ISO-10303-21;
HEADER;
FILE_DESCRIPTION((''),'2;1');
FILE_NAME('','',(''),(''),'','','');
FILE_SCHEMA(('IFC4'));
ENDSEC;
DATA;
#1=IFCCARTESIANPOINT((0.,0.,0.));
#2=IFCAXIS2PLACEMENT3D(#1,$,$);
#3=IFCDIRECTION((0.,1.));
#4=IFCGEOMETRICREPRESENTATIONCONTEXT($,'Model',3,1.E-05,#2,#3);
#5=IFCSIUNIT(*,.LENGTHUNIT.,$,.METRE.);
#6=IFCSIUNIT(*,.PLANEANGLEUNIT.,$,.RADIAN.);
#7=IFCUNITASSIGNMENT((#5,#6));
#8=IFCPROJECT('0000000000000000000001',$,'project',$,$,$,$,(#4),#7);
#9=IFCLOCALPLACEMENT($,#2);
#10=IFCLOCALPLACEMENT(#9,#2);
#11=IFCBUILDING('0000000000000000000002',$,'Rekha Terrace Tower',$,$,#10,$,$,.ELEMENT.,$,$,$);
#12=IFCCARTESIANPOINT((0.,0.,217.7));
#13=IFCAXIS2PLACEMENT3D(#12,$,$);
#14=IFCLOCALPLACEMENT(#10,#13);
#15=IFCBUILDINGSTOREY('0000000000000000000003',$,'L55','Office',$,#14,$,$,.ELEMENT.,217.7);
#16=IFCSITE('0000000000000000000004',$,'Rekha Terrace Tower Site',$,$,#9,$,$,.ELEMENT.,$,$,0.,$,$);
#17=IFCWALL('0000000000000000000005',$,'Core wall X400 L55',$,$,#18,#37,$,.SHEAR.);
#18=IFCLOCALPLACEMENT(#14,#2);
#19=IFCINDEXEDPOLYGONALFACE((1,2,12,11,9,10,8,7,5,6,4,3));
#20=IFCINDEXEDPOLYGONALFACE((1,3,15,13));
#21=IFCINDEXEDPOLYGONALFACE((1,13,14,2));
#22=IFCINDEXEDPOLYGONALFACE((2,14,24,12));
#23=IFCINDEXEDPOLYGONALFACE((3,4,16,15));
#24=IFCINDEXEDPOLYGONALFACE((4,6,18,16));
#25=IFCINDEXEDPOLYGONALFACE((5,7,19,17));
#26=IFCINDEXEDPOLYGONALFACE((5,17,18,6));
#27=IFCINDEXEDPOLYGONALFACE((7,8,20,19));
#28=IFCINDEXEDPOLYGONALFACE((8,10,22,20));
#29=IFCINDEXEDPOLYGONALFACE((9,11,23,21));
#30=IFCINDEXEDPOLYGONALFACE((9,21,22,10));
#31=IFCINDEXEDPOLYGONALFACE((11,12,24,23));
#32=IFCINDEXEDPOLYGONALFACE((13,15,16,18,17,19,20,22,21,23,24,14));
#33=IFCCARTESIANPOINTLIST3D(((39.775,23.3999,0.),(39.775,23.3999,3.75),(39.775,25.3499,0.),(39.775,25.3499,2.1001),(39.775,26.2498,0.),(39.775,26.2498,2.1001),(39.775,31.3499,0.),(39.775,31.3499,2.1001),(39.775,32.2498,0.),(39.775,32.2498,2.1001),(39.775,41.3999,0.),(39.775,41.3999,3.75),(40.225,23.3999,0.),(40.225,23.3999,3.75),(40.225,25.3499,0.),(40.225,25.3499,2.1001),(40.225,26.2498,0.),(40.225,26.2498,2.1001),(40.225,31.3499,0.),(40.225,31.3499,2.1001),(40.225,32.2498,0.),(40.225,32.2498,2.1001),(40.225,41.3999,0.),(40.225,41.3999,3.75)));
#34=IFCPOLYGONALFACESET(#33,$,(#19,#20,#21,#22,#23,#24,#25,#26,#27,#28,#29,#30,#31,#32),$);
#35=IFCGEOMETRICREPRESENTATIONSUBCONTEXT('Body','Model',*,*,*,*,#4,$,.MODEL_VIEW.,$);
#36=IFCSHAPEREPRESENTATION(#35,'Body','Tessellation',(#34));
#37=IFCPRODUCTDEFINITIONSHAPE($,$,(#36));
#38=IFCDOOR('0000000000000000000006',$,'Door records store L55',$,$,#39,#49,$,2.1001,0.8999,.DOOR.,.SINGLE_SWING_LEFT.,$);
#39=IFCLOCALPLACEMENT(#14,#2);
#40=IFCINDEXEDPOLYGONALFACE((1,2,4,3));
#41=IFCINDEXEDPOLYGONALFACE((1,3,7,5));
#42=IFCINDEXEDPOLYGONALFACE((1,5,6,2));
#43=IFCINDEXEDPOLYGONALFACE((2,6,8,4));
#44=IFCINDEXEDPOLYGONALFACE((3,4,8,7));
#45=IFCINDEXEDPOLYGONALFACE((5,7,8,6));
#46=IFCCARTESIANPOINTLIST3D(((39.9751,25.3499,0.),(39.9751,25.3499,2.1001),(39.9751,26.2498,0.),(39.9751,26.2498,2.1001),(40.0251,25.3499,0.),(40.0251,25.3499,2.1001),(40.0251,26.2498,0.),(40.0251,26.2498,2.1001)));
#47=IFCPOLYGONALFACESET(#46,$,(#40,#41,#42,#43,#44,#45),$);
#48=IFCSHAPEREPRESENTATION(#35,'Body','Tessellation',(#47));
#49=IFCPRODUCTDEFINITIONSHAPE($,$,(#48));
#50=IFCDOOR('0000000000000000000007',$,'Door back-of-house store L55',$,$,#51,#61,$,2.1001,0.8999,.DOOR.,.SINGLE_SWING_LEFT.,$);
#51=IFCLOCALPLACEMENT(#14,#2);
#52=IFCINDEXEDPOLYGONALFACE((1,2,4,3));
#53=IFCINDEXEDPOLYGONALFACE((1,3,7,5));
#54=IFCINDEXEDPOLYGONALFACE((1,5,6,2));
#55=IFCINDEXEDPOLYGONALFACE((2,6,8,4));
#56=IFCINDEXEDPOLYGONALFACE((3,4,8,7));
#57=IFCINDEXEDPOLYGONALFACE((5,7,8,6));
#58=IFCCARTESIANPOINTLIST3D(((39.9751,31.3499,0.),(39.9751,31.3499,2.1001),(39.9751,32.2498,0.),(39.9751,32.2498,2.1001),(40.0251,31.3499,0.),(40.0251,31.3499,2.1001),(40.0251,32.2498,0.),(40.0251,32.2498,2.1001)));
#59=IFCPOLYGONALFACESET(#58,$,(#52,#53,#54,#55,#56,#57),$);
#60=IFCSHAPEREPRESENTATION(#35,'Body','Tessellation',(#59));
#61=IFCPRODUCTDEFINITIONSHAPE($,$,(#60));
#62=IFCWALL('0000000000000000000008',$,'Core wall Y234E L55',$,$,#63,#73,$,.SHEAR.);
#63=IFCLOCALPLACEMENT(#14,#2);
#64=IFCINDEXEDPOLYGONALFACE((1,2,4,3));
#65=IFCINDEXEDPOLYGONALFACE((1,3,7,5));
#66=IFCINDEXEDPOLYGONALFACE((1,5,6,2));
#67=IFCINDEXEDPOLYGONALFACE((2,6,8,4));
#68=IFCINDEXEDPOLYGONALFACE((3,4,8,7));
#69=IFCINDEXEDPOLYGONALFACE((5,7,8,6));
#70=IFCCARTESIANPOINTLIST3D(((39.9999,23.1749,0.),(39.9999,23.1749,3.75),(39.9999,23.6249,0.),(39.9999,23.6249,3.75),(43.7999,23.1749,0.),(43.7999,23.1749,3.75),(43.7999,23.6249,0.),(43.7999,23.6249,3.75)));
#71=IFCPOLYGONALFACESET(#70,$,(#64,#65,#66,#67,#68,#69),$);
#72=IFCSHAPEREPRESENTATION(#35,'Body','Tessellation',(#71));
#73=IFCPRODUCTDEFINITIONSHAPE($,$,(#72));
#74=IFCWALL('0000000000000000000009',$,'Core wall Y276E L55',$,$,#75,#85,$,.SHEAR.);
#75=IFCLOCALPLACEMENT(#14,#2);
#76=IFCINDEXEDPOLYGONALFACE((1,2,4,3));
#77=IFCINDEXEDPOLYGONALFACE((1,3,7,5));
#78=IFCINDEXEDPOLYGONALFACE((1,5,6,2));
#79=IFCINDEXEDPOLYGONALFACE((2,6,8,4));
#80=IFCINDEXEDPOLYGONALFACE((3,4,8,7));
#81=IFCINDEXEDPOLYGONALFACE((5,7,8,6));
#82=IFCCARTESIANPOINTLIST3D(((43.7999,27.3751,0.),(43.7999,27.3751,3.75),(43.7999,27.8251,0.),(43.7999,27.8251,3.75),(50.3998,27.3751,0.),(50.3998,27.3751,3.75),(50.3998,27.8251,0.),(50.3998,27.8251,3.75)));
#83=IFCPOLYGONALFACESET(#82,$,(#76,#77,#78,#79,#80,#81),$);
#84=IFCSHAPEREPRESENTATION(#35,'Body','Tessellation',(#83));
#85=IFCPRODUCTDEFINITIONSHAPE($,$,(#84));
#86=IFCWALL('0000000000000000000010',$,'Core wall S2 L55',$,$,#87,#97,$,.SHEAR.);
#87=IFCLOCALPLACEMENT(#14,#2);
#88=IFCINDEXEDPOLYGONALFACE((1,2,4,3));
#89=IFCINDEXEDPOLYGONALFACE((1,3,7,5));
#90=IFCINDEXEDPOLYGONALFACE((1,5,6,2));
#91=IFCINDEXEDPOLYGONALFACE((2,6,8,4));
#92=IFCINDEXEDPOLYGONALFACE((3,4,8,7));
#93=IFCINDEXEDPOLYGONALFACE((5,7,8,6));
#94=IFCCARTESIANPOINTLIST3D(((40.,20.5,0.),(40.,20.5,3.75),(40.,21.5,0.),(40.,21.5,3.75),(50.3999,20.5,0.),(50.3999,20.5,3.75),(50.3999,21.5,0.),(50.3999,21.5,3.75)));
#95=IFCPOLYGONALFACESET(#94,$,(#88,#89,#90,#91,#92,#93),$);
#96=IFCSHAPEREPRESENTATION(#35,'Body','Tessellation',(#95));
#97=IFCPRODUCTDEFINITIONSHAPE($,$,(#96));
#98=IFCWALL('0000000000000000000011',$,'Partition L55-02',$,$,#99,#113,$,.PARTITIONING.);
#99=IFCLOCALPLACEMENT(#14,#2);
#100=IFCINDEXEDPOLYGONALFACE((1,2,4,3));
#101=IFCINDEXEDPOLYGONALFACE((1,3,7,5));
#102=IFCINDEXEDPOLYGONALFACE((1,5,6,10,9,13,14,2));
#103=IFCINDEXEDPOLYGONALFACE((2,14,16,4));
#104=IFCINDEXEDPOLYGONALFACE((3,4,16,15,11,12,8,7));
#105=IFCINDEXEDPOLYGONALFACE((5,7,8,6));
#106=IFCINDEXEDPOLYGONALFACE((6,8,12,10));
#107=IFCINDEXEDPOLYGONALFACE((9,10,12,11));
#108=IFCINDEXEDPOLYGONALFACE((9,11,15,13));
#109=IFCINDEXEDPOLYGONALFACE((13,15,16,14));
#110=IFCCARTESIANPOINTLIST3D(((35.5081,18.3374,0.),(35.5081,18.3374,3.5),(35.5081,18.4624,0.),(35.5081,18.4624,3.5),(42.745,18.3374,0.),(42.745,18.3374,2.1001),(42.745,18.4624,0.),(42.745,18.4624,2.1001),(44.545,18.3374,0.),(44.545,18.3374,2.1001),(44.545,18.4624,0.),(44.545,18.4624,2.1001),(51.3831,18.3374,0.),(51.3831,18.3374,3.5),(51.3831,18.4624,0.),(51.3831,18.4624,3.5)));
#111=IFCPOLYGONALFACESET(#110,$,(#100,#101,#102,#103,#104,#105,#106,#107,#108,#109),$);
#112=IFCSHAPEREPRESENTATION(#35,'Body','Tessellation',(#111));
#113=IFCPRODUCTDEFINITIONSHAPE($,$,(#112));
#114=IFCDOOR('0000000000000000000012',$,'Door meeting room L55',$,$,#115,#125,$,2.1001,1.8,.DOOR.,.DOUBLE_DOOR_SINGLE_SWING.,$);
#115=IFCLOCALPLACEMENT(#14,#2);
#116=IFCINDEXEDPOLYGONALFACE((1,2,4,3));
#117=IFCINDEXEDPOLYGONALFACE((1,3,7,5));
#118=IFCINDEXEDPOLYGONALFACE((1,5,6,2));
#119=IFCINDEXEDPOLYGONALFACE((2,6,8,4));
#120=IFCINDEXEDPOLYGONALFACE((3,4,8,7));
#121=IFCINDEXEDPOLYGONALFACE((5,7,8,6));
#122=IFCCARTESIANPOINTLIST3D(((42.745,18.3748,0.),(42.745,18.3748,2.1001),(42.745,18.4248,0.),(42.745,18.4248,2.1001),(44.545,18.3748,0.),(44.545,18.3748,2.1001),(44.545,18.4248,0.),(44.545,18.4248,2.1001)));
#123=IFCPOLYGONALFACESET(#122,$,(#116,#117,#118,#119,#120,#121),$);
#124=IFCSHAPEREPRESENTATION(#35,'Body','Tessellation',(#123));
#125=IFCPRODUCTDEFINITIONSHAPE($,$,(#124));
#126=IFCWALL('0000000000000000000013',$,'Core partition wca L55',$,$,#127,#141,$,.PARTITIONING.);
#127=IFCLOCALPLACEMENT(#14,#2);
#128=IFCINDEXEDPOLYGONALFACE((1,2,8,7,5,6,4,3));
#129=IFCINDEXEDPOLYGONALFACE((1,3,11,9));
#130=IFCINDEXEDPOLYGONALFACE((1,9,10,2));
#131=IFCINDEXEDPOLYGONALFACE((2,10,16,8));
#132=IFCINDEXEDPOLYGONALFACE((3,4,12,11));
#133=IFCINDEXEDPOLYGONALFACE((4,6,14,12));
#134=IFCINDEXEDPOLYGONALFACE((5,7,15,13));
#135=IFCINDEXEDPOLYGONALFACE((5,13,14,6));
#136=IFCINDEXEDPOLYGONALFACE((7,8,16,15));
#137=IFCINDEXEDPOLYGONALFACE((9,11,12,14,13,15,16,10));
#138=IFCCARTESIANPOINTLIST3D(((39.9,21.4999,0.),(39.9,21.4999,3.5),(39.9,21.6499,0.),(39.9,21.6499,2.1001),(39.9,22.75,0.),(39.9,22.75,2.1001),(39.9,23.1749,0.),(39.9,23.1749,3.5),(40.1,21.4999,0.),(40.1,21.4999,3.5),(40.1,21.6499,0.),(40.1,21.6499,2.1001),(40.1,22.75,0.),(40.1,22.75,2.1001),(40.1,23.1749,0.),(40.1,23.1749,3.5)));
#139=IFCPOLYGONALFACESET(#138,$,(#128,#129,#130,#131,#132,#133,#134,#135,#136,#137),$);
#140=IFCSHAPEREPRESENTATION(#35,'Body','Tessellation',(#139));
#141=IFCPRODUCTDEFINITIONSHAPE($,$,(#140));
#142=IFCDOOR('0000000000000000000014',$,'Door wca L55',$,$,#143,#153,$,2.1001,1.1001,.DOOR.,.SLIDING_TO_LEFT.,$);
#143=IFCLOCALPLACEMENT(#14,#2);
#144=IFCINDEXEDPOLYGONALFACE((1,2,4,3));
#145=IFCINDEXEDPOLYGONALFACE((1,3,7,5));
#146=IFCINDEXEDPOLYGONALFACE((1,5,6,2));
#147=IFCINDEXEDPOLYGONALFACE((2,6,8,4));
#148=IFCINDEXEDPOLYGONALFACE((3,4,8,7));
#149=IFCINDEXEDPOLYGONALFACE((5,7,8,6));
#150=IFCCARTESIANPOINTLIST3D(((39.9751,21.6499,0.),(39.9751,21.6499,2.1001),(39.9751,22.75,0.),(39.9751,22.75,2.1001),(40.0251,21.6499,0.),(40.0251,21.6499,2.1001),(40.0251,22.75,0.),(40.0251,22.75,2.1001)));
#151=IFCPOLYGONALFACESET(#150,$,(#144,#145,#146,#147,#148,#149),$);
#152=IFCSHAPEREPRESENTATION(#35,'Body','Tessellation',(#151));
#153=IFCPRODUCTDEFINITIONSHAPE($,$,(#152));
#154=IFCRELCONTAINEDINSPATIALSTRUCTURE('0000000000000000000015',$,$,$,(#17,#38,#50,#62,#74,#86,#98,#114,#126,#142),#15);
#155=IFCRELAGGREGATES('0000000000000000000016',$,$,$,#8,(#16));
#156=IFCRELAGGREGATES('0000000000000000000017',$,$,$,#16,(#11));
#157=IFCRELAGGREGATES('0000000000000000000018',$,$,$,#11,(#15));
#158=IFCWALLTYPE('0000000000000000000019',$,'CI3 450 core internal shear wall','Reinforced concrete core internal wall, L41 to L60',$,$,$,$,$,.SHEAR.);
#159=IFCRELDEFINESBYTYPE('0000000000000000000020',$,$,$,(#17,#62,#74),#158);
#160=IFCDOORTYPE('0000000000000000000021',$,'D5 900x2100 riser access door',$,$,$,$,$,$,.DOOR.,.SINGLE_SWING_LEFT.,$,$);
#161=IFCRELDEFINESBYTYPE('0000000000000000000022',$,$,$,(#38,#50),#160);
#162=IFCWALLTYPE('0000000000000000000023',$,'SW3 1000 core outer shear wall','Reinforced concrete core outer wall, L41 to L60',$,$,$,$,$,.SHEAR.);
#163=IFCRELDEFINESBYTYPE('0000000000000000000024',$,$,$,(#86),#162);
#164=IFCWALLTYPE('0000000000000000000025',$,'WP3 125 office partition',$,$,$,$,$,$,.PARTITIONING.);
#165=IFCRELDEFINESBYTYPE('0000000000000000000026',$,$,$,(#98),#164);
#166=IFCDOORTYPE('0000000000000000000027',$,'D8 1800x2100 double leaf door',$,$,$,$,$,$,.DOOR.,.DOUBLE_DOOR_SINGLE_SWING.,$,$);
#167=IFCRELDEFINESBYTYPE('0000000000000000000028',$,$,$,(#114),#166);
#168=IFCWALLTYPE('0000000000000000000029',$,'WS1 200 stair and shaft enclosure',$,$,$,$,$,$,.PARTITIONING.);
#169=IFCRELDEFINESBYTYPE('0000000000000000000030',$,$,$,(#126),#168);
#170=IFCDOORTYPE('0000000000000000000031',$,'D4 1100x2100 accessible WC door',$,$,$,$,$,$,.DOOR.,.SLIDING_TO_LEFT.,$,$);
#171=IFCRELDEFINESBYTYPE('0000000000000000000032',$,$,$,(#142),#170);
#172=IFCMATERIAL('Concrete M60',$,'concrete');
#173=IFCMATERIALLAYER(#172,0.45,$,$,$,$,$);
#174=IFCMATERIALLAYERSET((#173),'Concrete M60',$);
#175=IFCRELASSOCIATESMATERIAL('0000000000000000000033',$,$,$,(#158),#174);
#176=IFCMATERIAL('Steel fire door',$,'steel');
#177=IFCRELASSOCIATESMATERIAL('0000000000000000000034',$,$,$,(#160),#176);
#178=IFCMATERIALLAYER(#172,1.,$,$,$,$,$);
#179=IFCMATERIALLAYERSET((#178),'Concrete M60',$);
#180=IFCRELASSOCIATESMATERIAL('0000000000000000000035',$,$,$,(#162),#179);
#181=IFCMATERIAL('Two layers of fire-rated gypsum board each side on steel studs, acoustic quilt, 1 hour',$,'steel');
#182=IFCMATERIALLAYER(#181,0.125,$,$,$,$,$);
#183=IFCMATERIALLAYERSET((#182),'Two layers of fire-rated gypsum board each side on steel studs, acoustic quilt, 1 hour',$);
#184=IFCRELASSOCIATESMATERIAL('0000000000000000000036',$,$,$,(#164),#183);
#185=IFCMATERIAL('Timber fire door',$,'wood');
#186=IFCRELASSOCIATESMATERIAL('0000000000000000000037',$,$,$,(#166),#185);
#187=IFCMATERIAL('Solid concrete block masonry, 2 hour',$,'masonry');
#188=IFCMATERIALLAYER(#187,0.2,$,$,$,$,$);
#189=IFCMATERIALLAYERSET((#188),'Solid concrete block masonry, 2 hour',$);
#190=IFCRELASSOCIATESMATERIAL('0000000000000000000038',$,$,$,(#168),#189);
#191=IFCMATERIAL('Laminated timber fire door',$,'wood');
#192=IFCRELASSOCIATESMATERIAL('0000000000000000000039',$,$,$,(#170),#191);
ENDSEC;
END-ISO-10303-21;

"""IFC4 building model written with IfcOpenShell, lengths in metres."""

from ifc_helpers import new_model, si_unit, direction, frame, frame_2d, origin, place, context, subcontext, project, spatial, rectangle, extrude, material, layer, layer_set, type_object, element, fill, save


model = new_model("IFC4")

# Units and contexts
model_context = context("Model", 3, precision=1e-05, world=origin(), true_north=direction((0.0, 1.0)))
body_context = subcontext(model_context, "Body", "Model", "MODEL_VIEW")
ifc_project = project(units=[si_unit("LENGTHUNIT", "METRE"), si_unit("PLANEANGLEUNIT", "RADIAN")], contexts=[model_context])

# Site, building, storey
site_placement = place(None, origin())
site = spatial("IfcSite", under=ifc_project, at=site_placement, Name="Rekha Terrace Tower Site", CompositionType="ELEMENT", RefElevation=0.0)
building_placement = place(site_placement, origin())
building = spatial("IfcBuilding", under=site, at=building_placement, Name="Rekha Terrace Tower", CompositionType="ELEMENT")
storey_placement = place(building_placement, frame((0.0, 0.0, 217.7)))
storey = spatial("IfcBuildingStorey", under=building, at=storey_placement, Name="L55", Description="Office", CompositionType="ELEMENT", Elevation=217.7)

# Shared definitions
ifc_material_1 = material(Name="Concrete M60", Category="concrete")

# Shared definitions
ifc_layer_1 = layer(ifc_material_1, 0.45)
ifc_layer_set_1 = layer_set([ifc_layer_1], Name="Concrete M60")
wall_type_1 = type_object("IfcWallType", Name="CI3 450 core internal shear wall", Description="Reinforced concrete core internal wall, L41 to L60", PredefinedType="SHEAR", material=ifc_layer_set_1)

# Wall, openings, doors
wall_1_placement = place(storey_placement, frame((40.0, 23.3999, 0.0), z_axis=(0.0, 0.0, 1.0), x_axis=(0.0, 1.0, 0.0)))
wall_1 = element("IfcWall", 1, at=wall_1_placement, inside=storey, type_object=wall_type_1, Name="Core wall X400 L55", PredefinedType="SHEAR", context=body_context, shape_type="SweptSolid", body=[
    extrude(rectangle(XDim=18.0, YDim=0.45, at=frame_2d((9.0, 0.0))), origin(), (0.0, 0.0, 1.0), 3.75),
])
opening_1_placement = place(wall_1_placement, frame((1.95, 0.0, 0.0)))
opening_1 = element("IfcOpeningElement", 2, at=opening_1_placement, cuts=wall_1, PredefinedType="OPENING", context=body_context, shape_type="SweptSolid", body=[
    extrude(rectangle(XDim=0.8999, YDim=2.1001, at=frame_2d((0.45, 1.05))), frame((0.0, 0.2349, 0.0), z_axis=(0.0, -1.0, 0.0), x_axis=(1.0, 0.0, 0.0)), (0.0, 0.0, 1.0), 0.47),
])
opening_2_placement = place(wall_1_placement, frame((7.95, 0.0, 0.0)))
opening_2 = element("IfcOpeningElement", 3, at=opening_2_placement, cuts=wall_1, PredefinedType="OPENING", context=body_context, shape_type="SweptSolid", body=[
    extrude(rectangle(XDim=0.8999, YDim=2.1001, at=frame_2d((0.45, 1.05))), frame((0.0, 0.2349, 0.0), z_axis=(0.0, -1.0, 0.0), x_axis=(1.0, 0.0, 0.0)), (0.0, 0.0, 1.0), 0.47),
])
ifc_material_2 = material(Name="Steel fire door", Category="steel")
door_type_1 = type_object("IfcDoorType", Name="D5 900x2100 riser access door", OperationType="SINGLE_SWING_LEFT", PredefinedType="DOOR", material=ifc_material_2)
door_1_placement = place(opening_1_placement, origin())
door_1 = element("IfcDoor", 4, at=door_1_placement, inside=storey, type_object=door_type_1, Name="Door records store L55", OperationType="SINGLE_SWING_LEFT", OverallHeight=2.1001, OverallWidth=0.8999, PredefinedType="DOOR", context=body_context, shape_type="SweptSolid", body=[
    extrude(rectangle(XDim=0.8999, YDim=2.1001, at=frame_2d((0.45, 1.05))), frame((0.0, 0.0249, 0.0), z_axis=(0.0, -1.0, 0.0), x_axis=(1.0, 0.0, 0.0)), (0.0, 0.0, 1.0), 0.05),
])
fill(opening_1, door_1)
door_2_placement = place(opening_2_placement, origin())
door_2 = element("IfcDoor", 5, at=door_2_placement, inside=storey, type_object=door_type_1, Name="Door back-of-house store L55", OperationType="SINGLE_SWING_LEFT", OverallHeight=2.1001, OverallWidth=0.8999, PredefinedType="DOOR", context=body_context, shape_type="SweptSolid", body=[
    extrude(rectangle(XDim=0.8999, YDim=2.1001, at=frame_2d((0.45, 1.05))), frame((0.0, 0.0249, 0.0), z_axis=(0.0, -1.0, 0.0), x_axis=(1.0, 0.0, 0.0)), (0.0, 0.0, 1.0), 0.05),
])
fill(opening_2, door_2)

# Walls
wall_2_placement = place(storey_placement, frame((40.0, 23.3999, 0.0), z_axis=(0.0, 0.0, 1.0), x_axis=(1.0, 0.0, 0.0)))
element("IfcWall", 6, at=wall_2_placement, inside=storey, type_object=wall_type_1, Name="Core wall Y234E L55", PredefinedType="SHEAR", context=body_context, shape_type="SweptSolid", body=[
    extrude(rectangle(XDim=3.8, YDim=0.45, at=frame_2d((1.8999, 0.0))), origin(), (0.0, 0.0, 1.0), 3.75),
])
wall_3_placement = place(storey_placement, frame((43.8, 27.6001, 0.0), z_axis=(0.0, 0.0, 1.0), x_axis=(1.0, 0.0, 0.0)))
element("IfcWall", 7, at=wall_3_placement, inside=storey, type_object=wall_type_1, Name="Core wall Y276E L55", PredefinedType="SHEAR", context=body_context, shape_type="SweptSolid", body=[
    extrude(rectangle(XDim=6.5999, YDim=0.45, at=frame_2d((3.2998, 0.0))), origin(), (0.0, 0.0, 1.0), 3.75),
])
ifc_layer_2 = layer(ifc_material_1, 1.0)
ifc_layer_set_2 = layer_set([ifc_layer_2], Name="Concrete M60")
wall_type_2 = type_object("IfcWallType", Name="SW3 1000 core outer shear wall", Description="Reinforced concrete core outer wall, L41 to L60", PredefinedType="SHEAR", material=ifc_layer_set_2)
wall_4_placement = place(storey_placement, frame((40.0, 21.0, 0.0), z_axis=(0.0, 0.0, 1.0), x_axis=(1.0, 0.0, 0.0)))
element("IfcWall", 8, at=wall_4_placement, inside=storey, type_object=wall_type_2, Name="Core wall S2 L55", PredefinedType="SHEAR", context=body_context, shape_type="SweptSolid", body=[
    extrude(rectangle(XDim=10.3999, YDim=1.0, at=frame_2d((5.2, 0.0))), origin(), (0.0, 0.0, 1.0), 3.75),
])

# Walls, openings, doors
ifc_material_3 = material(Name="Two layers of fire-rated gypsum board each side on steel studs, acoustic quilt, 1 hour", Category="steel")
ifc_layer_3 = layer(ifc_material_3, 0.125)
ifc_layer_set_3 = layer_set([ifc_layer_3], Name="Two layers of fire-rated gypsum board each side on steel studs, acoustic quilt, 1 hour")
wall_type_3 = type_object("IfcWallType", Name="WP3 125 office partition", PredefinedType="PARTITIONING", material=ifc_layer_set_3)
wall_5_placement = place(storey_placement, frame((35.5081, 18.3999, 0.0), z_axis=(0.0, 0.0, 1.0), x_axis=(1.0, 0.0, 0.0)))
wall_5 = element("IfcWall", 9, at=wall_5_placement, inside=storey, type_object=wall_type_3, Name="Partition L55-02", PredefinedType="PARTITIONING", context=body_context, shape_type="SweptSolid", body=[
    extrude(rectangle(XDim=15.875, YDim=0.125, at=frame_2d((7.9375, 0.0))), origin(), (0.0, 0.0, 1.0), 3.5),
])
opening_3_placement = place(wall_5_placement, frame((7.2371, 0.0, 0.0)))
opening_3 = element("IfcOpeningElement", 10, at=opening_3_placement, cuts=wall_5, PredefinedType="OPENING", context=body_context, shape_type="SweptSolid", body=[
    extrude(rectangle(XDim=1.8, YDim=2.1001, at=frame_2d((0.8999, 1.05))), frame((0.0, 0.0725, 0.0), z_axis=(0.0, -1.0, 0.0), x_axis=(1.0, 0.0, 0.0)), (0.0, 0.0, 1.0), 0.145),
])
ifc_material_4 = material(Name="Timber fire door", Category="wood")
door_type_2 = type_object("IfcDoorType", Name="D8 1800x2100 double leaf door", OperationType="DOUBLE_DOOR_SINGLE_SWING", PredefinedType="DOOR", material=ifc_material_4)
door_3_placement = place(opening_3_placement, origin())
door_3 = element("IfcDoor", 11, at=door_3_placement, inside=storey, type_object=door_type_2, Name="Door meeting room L55", OperationType="DOUBLE_DOOR_SINGLE_SWING", OverallHeight=2.1001, OverallWidth=1.8, PredefinedType="DOOR", context=body_context, shape_type="SweptSolid", body=[
    extrude(rectangle(XDim=1.8, YDim=2.1001, at=frame_2d((0.8999, 1.05))), frame((0.0, 0.0249, 0.0), z_axis=(0.0, -1.0, 0.0), x_axis=(1.0, 0.0, 0.0)), (0.0, 0.0, 1.0), 0.05),
])
fill(opening_3, door_3)
ifc_material_5 = material(Name="Solid concrete block masonry, 2 hour", Category="masonry")
ifc_layer_4 = layer(ifc_material_5, 0.2)
ifc_layer_set_4 = layer_set([ifc_layer_4], Name="Solid concrete block masonry, 2 hour")
wall_type_4 = type_object("IfcWallType", Name="WS1 200 stair and shaft enclosure", PredefinedType="PARTITIONING", material=ifc_layer_set_4)
wall_6_placement = place(storey_placement, frame((40.0, 21.5, 0.0), z_axis=(0.0, 0.0, 1.0), x_axis=(0.0, 1.0, 0.0)))
wall_6 = element("IfcWall", 12, at=wall_6_placement, inside=storey, type_object=wall_type_4, Name="Core partition wca L55", PredefinedType="PARTITIONING", context=body_context, shape_type="SweptSolid", body=[
    extrude(rectangle(XDim=1.675, YDim=0.2, at=frame_2d((0.8374, 0.0))), origin(), (0.0, 0.0, 1.0), 3.5),
])
opening_4_placement = place(wall_6_placement, frame((0.1499, 0.0, 0.0)))
opening_4 = element("IfcOpeningElement", 13, at=opening_4_placement, cuts=wall_6, PredefinedType="OPENING", context=body_context, shape_type="SweptSolid", body=[
    extrude(rectangle(XDim=1.1001, YDim=2.1001, at=frame_2d((0.55, 1.05))), frame((0.0, 0.1099, 0.0), z_axis=(0.0, -1.0, 0.0), x_axis=(1.0, 0.0, 0.0)), (0.0, 0.0, 1.0), 0.22),
])
ifc_material_6 = material(Name="Laminated timber fire door", Category="wood")
door_type_3 = type_object("IfcDoorType", Name="D4 1100x2100 accessible WC door", OperationType="SLIDING_TO_LEFT", PredefinedType="DOOR", material=ifc_material_6)
door_4_placement = place(opening_4_placement, origin())
door_4 = element("IfcDoor", 14, at=door_4_placement, inside=storey, type_object=door_type_3, Name="Door wca L55", OperationType="SLIDING_TO_LEFT", OverallHeight=2.1001, OverallWidth=1.1001, PredefinedType="DOOR", context=body_context, shape_type="SweptSolid", body=[
    extrude(rectangle(XDim=1.1001, YDim=2.1001, at=frame_2d((0.55, 1.05))), frame((0.0, 0.0249, 0.0), z_axis=(0.0, -1.0, 0.0), x_axis=(1.0, 0.0, 0.0)), (0.0, 0.0, 1.0), 0.05),
])
fill(opening_4, door_4)

save(model, "model.ifc")
